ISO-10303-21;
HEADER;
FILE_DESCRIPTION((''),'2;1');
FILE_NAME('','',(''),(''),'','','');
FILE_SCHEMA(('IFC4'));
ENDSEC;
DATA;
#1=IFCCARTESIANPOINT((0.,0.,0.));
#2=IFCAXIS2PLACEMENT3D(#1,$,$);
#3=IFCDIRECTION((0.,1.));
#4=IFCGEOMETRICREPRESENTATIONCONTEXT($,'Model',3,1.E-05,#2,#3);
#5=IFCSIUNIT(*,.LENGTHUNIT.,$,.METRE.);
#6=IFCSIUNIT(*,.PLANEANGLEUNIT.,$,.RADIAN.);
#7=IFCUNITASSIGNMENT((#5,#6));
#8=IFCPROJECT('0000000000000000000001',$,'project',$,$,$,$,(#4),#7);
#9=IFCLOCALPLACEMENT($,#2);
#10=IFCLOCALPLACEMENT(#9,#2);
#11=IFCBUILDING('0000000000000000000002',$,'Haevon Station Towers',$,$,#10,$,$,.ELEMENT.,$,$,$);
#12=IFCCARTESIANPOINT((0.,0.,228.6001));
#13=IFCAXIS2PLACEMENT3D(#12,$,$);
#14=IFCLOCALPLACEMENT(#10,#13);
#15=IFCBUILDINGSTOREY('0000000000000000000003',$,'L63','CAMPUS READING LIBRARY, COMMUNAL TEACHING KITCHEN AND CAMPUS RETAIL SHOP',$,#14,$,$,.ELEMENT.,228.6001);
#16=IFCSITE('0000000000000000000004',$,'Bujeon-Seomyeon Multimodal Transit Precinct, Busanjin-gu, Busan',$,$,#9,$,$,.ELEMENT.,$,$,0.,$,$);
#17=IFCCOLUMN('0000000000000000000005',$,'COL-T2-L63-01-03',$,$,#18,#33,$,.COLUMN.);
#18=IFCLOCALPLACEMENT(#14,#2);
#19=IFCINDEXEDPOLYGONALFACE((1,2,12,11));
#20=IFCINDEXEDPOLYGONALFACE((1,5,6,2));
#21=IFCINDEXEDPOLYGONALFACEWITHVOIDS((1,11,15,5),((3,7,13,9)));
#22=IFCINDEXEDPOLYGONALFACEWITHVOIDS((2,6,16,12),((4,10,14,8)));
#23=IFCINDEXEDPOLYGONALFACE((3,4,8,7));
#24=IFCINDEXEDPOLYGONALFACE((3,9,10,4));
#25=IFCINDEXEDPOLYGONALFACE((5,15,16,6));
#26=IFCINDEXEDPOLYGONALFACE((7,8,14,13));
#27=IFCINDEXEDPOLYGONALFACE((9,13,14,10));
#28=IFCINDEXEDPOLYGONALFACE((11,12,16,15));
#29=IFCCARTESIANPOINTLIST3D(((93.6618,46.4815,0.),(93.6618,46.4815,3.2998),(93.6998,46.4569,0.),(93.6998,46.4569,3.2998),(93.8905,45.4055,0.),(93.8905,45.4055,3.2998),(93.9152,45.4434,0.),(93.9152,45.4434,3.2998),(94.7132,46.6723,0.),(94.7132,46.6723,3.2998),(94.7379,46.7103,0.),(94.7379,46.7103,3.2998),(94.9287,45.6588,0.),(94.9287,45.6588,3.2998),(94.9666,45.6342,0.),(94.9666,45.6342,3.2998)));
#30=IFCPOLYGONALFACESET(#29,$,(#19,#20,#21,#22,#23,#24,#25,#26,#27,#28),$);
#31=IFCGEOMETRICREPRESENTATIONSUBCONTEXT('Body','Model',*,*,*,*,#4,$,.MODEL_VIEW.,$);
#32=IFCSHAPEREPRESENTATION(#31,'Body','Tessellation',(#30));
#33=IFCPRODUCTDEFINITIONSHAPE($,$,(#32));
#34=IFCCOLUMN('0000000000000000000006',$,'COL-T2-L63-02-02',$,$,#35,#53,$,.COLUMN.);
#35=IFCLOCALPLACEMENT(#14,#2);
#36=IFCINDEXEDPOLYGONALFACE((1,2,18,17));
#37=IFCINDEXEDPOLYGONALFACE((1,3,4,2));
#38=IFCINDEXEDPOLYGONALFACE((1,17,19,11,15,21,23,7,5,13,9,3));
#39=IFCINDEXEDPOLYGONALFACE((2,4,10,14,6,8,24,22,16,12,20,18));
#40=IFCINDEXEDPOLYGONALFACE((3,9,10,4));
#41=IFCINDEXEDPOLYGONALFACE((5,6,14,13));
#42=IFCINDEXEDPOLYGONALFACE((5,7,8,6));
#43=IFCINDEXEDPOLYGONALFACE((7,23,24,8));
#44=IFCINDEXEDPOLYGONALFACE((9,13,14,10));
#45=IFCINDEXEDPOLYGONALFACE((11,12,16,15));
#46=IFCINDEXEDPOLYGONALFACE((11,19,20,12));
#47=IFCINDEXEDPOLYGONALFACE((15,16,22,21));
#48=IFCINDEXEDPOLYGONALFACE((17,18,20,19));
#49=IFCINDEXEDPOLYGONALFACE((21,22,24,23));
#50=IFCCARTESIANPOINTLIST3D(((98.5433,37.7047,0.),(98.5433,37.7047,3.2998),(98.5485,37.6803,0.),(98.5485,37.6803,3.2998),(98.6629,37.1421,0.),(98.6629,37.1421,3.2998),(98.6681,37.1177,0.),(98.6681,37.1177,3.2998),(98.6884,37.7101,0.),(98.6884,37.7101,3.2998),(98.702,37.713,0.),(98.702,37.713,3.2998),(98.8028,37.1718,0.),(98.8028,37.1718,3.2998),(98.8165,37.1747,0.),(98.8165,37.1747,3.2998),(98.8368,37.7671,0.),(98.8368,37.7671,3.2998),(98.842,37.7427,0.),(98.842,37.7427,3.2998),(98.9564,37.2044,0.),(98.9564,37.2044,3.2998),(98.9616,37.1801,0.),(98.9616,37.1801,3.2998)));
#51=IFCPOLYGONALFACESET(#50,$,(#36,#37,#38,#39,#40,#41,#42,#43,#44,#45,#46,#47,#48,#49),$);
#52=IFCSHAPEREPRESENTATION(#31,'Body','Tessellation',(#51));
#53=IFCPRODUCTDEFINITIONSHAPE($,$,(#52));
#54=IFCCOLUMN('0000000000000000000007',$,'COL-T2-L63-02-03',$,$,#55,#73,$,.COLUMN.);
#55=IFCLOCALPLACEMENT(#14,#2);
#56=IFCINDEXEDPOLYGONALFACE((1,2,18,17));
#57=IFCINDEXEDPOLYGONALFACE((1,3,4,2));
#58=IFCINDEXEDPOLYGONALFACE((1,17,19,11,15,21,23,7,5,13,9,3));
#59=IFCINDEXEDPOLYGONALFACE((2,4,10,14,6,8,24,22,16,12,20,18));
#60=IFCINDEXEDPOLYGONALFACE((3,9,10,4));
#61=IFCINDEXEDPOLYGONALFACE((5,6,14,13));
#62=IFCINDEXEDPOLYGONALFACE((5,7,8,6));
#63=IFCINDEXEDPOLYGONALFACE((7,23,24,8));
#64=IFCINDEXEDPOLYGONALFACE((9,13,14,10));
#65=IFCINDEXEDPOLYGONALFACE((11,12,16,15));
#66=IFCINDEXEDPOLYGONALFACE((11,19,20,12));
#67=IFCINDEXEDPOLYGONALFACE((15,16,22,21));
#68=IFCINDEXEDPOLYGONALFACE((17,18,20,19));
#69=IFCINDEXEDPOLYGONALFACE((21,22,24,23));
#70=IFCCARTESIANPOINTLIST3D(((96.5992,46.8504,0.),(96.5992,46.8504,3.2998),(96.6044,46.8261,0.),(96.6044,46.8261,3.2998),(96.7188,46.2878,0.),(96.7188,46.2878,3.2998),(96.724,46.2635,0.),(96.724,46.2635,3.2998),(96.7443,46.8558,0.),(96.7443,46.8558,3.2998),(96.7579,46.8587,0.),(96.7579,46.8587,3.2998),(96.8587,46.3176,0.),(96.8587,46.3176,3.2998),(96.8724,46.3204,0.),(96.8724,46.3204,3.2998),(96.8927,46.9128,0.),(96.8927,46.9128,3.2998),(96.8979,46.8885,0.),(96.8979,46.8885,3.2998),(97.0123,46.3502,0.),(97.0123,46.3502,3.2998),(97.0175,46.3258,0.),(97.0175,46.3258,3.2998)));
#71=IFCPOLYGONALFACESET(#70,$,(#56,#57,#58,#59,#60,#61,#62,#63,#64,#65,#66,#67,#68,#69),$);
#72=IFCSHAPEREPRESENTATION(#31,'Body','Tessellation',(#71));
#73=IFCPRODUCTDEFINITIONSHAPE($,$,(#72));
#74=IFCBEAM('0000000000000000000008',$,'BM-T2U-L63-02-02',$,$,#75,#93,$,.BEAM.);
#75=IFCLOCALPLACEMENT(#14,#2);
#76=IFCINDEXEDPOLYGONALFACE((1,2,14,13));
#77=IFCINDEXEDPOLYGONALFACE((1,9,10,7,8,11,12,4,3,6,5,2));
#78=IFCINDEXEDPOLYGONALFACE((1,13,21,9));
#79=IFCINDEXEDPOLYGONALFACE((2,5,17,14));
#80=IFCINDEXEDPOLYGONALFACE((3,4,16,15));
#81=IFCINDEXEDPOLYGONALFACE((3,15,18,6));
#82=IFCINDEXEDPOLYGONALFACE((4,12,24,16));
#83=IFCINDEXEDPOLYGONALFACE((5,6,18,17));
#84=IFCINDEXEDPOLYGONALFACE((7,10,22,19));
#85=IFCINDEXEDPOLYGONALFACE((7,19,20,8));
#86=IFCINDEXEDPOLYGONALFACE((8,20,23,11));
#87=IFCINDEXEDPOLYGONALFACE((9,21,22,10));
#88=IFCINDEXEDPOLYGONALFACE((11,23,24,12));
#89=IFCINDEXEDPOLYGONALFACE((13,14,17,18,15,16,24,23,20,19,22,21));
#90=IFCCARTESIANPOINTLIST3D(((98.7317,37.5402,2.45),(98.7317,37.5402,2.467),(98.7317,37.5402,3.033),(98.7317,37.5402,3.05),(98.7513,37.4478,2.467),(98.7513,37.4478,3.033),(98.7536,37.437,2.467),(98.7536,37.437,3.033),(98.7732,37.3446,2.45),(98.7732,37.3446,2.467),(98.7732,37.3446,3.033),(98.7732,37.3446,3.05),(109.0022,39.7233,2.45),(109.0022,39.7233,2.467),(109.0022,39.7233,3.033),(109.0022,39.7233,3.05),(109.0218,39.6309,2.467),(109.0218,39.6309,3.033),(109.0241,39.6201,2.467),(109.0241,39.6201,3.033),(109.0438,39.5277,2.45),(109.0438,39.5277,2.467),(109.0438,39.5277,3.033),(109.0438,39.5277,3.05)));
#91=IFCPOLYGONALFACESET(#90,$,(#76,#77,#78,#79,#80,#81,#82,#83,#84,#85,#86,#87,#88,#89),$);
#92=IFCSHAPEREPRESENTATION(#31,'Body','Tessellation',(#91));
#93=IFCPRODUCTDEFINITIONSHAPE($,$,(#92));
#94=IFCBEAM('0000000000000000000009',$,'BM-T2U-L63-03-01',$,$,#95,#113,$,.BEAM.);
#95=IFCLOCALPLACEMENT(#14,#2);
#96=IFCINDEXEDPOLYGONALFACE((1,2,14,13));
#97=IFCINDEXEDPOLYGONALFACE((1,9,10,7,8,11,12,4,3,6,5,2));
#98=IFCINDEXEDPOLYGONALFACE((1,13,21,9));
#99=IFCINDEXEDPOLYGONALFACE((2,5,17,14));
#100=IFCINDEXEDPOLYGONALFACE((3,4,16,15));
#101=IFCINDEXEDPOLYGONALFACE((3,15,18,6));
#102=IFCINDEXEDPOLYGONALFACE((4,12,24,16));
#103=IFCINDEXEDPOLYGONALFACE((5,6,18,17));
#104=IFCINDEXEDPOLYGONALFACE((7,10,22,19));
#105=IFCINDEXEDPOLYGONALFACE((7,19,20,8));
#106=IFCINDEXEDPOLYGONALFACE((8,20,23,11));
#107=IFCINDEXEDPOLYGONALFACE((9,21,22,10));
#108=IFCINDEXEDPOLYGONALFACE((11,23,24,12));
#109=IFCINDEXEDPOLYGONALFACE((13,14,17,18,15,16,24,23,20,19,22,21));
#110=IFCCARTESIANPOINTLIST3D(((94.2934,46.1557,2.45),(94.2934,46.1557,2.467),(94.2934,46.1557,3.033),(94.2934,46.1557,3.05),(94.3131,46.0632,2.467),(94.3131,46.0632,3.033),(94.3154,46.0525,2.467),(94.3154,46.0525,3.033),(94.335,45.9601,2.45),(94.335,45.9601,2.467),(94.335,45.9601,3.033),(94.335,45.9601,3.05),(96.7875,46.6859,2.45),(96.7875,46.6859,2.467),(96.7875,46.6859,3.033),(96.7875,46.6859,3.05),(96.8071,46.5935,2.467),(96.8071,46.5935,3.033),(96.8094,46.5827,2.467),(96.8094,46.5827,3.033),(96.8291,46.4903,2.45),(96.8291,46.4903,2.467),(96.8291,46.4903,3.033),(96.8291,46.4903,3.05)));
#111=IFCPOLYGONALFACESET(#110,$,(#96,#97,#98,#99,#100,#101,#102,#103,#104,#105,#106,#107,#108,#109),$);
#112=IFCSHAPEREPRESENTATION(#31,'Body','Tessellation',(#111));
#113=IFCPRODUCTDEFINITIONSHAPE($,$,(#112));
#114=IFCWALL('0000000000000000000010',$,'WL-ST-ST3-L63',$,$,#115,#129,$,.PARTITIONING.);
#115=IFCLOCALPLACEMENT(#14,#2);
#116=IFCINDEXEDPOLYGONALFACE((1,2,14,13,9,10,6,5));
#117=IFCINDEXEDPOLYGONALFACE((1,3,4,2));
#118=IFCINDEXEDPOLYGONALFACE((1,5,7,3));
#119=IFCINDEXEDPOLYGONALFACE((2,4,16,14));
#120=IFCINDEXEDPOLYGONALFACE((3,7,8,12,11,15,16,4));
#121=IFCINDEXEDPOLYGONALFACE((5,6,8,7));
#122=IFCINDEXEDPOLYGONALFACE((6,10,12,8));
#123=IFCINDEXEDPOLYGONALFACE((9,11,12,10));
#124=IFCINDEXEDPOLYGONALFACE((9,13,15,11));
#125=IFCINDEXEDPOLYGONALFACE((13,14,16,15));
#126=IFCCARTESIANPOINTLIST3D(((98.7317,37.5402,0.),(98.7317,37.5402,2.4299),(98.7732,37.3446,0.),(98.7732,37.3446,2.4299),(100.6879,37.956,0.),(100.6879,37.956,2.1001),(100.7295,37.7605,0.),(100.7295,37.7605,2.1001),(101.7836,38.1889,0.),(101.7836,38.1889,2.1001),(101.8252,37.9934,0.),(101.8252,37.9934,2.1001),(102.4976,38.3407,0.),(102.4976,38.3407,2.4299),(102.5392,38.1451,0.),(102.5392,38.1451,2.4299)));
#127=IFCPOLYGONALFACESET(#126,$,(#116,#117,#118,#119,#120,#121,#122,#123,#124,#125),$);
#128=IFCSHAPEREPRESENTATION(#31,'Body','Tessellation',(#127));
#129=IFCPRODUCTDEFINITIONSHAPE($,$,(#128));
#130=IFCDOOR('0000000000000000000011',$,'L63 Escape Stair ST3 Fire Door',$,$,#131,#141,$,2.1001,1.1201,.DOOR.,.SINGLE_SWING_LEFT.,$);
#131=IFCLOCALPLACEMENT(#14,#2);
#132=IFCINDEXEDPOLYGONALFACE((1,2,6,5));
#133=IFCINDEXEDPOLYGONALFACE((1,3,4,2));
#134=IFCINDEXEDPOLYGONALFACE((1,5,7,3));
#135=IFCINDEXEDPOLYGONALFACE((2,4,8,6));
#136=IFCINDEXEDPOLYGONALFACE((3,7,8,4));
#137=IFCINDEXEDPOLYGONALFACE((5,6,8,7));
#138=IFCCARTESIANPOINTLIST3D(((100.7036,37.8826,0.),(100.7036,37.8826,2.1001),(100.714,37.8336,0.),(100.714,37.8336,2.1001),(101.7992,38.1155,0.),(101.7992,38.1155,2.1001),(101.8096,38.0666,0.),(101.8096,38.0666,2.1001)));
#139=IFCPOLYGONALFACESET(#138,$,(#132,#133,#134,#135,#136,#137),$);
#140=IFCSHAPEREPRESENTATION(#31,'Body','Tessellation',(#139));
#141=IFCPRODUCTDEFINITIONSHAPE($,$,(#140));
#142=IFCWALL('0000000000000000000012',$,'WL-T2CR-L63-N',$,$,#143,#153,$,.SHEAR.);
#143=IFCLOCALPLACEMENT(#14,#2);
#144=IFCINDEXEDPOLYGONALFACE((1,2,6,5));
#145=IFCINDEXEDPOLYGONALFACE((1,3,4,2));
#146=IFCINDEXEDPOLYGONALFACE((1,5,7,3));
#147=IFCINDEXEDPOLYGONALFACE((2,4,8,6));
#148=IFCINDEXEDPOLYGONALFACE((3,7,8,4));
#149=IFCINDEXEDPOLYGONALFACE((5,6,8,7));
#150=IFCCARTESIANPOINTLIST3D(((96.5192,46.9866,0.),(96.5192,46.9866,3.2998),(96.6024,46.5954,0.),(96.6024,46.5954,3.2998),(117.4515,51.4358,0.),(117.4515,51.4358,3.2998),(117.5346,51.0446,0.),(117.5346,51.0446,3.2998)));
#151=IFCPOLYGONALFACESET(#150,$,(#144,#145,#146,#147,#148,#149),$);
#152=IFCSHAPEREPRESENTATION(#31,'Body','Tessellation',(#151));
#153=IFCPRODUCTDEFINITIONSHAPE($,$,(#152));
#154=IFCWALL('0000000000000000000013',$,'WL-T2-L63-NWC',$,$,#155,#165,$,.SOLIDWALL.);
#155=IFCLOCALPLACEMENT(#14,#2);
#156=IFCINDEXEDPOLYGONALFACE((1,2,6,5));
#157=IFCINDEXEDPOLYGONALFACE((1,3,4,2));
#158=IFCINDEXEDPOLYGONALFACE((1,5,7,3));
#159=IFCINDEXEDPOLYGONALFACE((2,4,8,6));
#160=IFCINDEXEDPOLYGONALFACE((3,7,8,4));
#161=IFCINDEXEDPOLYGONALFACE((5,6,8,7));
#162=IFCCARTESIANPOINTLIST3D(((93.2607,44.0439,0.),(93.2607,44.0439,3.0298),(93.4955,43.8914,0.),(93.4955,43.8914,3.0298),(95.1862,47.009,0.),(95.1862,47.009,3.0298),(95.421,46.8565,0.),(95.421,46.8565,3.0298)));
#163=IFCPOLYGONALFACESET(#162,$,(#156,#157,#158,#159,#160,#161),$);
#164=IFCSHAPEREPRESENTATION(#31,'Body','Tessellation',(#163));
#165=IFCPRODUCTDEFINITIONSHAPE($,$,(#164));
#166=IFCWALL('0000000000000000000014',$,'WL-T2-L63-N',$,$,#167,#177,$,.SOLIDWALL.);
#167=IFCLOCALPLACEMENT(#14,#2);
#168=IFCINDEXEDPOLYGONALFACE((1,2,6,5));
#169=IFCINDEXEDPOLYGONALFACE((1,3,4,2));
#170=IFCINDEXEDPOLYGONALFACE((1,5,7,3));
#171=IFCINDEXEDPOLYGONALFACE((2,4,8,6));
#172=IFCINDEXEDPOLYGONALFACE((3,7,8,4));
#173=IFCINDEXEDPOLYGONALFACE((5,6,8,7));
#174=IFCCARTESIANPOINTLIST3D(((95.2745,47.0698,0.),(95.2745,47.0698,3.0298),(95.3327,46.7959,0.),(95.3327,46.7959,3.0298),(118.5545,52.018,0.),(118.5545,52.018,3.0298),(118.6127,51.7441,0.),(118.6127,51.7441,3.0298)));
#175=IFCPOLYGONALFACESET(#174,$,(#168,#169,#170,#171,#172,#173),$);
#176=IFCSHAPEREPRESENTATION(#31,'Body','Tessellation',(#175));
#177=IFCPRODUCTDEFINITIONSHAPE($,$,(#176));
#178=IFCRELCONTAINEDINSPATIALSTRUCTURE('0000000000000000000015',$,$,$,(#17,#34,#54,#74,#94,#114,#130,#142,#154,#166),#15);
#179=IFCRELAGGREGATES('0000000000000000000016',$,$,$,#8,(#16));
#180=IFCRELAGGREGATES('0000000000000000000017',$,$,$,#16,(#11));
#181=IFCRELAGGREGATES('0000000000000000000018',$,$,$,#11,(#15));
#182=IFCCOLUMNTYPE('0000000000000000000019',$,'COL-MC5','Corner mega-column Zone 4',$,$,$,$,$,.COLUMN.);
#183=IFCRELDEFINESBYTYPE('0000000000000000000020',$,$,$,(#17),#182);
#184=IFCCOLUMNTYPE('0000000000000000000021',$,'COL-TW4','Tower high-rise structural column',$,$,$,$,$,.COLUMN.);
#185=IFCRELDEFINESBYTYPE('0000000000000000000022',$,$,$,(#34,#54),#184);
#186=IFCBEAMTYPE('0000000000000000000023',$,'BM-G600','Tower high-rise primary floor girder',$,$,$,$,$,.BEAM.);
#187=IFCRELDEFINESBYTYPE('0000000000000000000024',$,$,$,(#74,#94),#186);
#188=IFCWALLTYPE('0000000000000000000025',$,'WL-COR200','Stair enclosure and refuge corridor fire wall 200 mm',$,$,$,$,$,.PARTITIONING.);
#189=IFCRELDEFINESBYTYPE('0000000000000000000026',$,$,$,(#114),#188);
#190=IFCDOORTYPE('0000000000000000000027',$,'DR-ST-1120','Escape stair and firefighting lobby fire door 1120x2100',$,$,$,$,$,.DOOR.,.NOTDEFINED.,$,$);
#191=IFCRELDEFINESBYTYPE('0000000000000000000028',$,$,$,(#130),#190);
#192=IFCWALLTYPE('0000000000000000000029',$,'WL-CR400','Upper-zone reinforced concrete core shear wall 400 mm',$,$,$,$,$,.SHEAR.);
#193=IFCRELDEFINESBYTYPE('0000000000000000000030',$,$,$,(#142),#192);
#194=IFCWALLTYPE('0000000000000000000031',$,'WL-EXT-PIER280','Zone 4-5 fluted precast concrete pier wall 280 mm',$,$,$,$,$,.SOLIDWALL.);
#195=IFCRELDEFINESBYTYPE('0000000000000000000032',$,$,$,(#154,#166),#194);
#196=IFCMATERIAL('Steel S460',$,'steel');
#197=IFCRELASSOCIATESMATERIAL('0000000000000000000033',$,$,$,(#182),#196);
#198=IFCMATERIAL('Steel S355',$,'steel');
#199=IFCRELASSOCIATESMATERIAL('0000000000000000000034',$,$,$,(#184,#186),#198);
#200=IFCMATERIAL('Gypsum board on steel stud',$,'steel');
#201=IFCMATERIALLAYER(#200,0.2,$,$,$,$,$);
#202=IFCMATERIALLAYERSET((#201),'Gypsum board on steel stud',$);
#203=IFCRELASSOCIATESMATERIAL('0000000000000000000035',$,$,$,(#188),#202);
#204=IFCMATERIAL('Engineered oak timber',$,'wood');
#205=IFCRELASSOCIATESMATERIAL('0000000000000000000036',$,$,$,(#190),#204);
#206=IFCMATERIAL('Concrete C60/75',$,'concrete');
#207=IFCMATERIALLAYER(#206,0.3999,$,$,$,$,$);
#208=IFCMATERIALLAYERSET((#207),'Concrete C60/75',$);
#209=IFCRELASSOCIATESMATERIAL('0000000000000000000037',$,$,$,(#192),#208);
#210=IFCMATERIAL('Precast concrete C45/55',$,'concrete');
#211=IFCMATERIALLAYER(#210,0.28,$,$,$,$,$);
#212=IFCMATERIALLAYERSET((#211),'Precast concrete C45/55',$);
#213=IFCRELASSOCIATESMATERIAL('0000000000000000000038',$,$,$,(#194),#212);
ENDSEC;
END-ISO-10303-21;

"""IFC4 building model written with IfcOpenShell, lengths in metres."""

from ifc_helpers import new_model, si_unit, direction, frame, frame_2d, origin, origin_2d, place, context, subcontext, project, spatial, rectangle, hollow_rectangle, i_section, extrude, material, layer, layer_set, material_profile, profile_set, type_object, element, fill, save


model = new_model("IFC4")

# Units and contexts
model_context = context("Model", 3, precision=1e-05, world=origin(), true_north=direction((0.0, 1.0)))
body_context = subcontext(model_context, "Body", "Model", "MODEL_VIEW")
ifc_project = project(units=[si_unit("LENGTHUNIT", "METRE"), si_unit("PLANEANGLEUNIT", "RADIAN")], contexts=[model_context])

# Site, building, storey
site_placement = place(None, origin())
site = spatial("IfcSite", under=ifc_project, at=site_placement, Name="Bujeon-Seomyeon Multimodal Transit Precinct, Busanjin-gu, Busan", CompositionType="ELEMENT", RefElevation=0.0)
building_placement = place(site_placement, origin())
building = spatial("IfcBuilding", under=site, at=building_placement, Name="Haevon Station Towers", CompositionType="ELEMENT")
storey_placement = place(building_placement, frame((0.0, 0.0, 228.6001)))
storey = spatial("IfcBuildingStorey", under=building, at=storey_placement, Name="L63", Description="CAMPUS READING LIBRARY, COMMUNAL TEACHING KITCHEN AND CAMPUS RETAIL SHOP", CompositionType="ELEMENT", Elevation=228.6001)

# Columns
ifc_material_1 = material(Name="Steel S460", Category="steel")
ifc_material_profile_1 = material_profile(ifc_material_1, hollow_rectangle(XDim=1.1001, YDim=1.1001, WallThickness=0.032, at=origin_2d()), Name="BOX-1100x1100x32")
ifc_profile_set_1 = profile_set([ifc_material_profile_1], Name="Steel S460")
column_type_1 = type_object("IfcColumnType", Name="COL-MC5", Description="Corner mega-column Zone 4", PredefinedType="COLUMN", material=ifc_profile_set_1)
column_placement = place(storey_placement, frame((94.3142, 46.0579, 0.0), z_axis=(0.0, 0.0, 1.0), x_axis=(0.978148, 0.207912, 0.0)))
element("IfcColumn", 1, at=column_placement, inside=storey, type_object=column_type_1, Name="COL-T2-L63-01-03", PredefinedType="COLUMN", context=body_context, shape_type="SweptSolid", body=[
    extrude(hollow_rectangle(XDim=1.1001, YDim=1.1001, WallThickness=0.032, at=origin_2d()), origin(), (0.0, 0.0, 1.0), 3.2998),
])
ifc_material_2 = material(Name="Steel S355", Category="steel")
ifc_material_profile_2 = material_profile(ifc_material_2, i_section(OverallWidth=0.3, OverallDepth=0.6001, WebThickness=0.0139, FlangeThickness=0.0249, at=origin_2d()), Name="H-600x300x14x25")
ifc_profile_set_2 = profile_set([ifc_material_profile_2], Name="Steel S355")
column_type_2 = type_object("IfcColumnType", Name="COL-TW4", Description="Tower high-rise structural column", PredefinedType="COLUMN", material=ifc_profile_set_2)
for number, where, z_axis, x_axis, name in (
    (2, (98.7524, 37.4424, 0.0), (0.0, 0.0, 1.0), (0.978148, 0.207912, 0.0), "COL-T2-L63-02-02"),
    (3, (96.8083, 46.5881, 0.0), (0.0, 0.0, 1.0), (0.978148, 0.207912, 0.0), "COL-T2-L63-02-03"),
):
    element("IfcColumn", number, at=place(storey_placement, frame(where, z_axis=z_axis, x_axis=x_axis)), inside=storey, type_object=column_type_2, Name=name, PredefinedType="COLUMN", context=body_context, shape_type="SweptSolid", body=[
        extrude(i_section(OverallWidth=0.3, OverallDepth=0.6001, WebThickness=0.0139, FlangeThickness=0.0249, at=origin_2d()), origin(), (0.0, 0.0, 1.0), 3.2998),
    ])

# Beams
ifc_material_profile_3 = material_profile(ifc_material_2, i_section(OverallWidth=0.2, OverallDepth=0.6001, WebThickness=0.011, FlangeThickness=0.0171, at=origin_2d()), Name="H-600x200x11x17")
ifc_profile_set_3 = profile_set([ifc_material_profile_3], Name="Steel S355")
beam_type = type_object("IfcBeamType", Name="BM-G600", Description="Tower high-rise primary floor girder", PredefinedType="BEAM", material=ifc_profile_set_3)
beam_1_placement = place(storey_placement, frame((98.7524, 37.4424, 2.75), z_axis=(0.978147, 0.207915, 0.0), x_axis=(-0.207915, 0.978147, 0.0)))
element("IfcBeam", 4, at=beam_1_placement, inside=storey, type_object=beam_type, Name="BM-T2U-L63-02-02", PredefinedType="BEAM", context=body_context, shape_type="SweptSolid", body=[
    extrude(i_section(OverallWidth=0.2, OverallDepth=0.6001, WebThickness=0.011, FlangeThickness=0.0171, at=origin_2d()), origin(), (0.0, 0.0, 1.0), 10.5),
])
beam_2_placement = place(storey_placement, frame((94.3142, 46.0579, 2.75), z_axis=(0.978137, 0.20796, 0.0), x_axis=(-0.20796, 0.978137, 0.0)))
element("IfcBeam", 5, at=beam_2_placement, inside=storey, type_object=beam_type, Name="BM-T2U-L63-03-01", PredefinedType="BEAM", context=body_context, shape_type="SweptSolid", body=[
    extrude(i_section(OverallWidth=0.2, OverallDepth=0.6001, WebThickness=0.011, FlangeThickness=0.0171, at=origin_2d()), origin(), (0.0, 0.0, 1.0), 2.5498),
])

# Wall, opening, door
ifc_material_3 = material(Name="Gypsum board on steel stud", Category="steel")
ifc_layer_1 = layer(ifc_material_3, 0.2)
ifc_layer_set_1 = layer_set([ifc_layer_1], Name="Gypsum board on steel stud")
wall_type_1 = type_object("IfcWallType", Name="WL-COR200", Description="Stair enclosure and refuge corridor fire wall 200 mm", PredefinedType="PARTITIONING", material=ifc_layer_set_1)
wall_1_placement = place(storey_placement, frame((98.7524, 37.4424, 0.0), z_axis=(0.0, 0.0, 1.0), x_axis=(0.978144, 0.207931, 0.0)))
wall_1 = element("IfcWall", 6, at=wall_1_placement, inside=storey, type_object=wall_type_1, Name="WL-ST-ST3-L63", PredefinedType="PARTITIONING", context=body_context, shape_type="SweptSolid", body=[
    extrude(rectangle(XDim=3.8501, YDim=0.2, at=frame_2d((1.925, 0.0))), origin(), (0.0, 0.0, 1.0), 2.4299),
])
opening_placement = place(wall_1_placement, frame((2.0, 0.0, 0.0)))
opening = element("IfcOpeningElement", 7, at=opening_placement, cuts=wall_1, PredefinedType="OPENING", context=body_context, shape_type="SweptSolid", body=[
    extrude(rectangle(XDim=1.1201, YDim=2.1001, at=frame_2d((0.5601, 1.05))), frame((0.0, 0.1099, 0.0), z_axis=(0.0, -1.0, 0.0), x_axis=(1.0, 0.0, 0.0)), (0.0, 0.0, 1.0), 0.22),
])
ifc_material_4 = material(Name="Engineered oak timber", Category="wood")
door_type = type_object("IfcDoorType", Name="DR-ST-1120", Description="Escape stair and firefighting lobby fire door 1120x2100", OperationType="NOTDEFINED", PredefinedType="DOOR", material=ifc_material_4)
door_placement = place(opening_placement, origin())
door = element("IfcDoor", 8, at=door_placement, inside=storey, type_object=door_type, Name="L63 Escape Stair ST3 Fire Door", OperationType="SINGLE_SWING_LEFT", OverallHeight=2.1001, OverallWidth=1.1201, PredefinedType="DOOR", context=body_context, shape_type="SweptSolid", body=[
    extrude(rectangle(XDim=1.1201, YDim=2.1001, at=frame_2d((0.5601, 1.05))), frame((0.0, 0.0249, 0.0), z_axis=(0.0, -1.0, 0.0), x_axis=(1.0, 0.0, 0.0)), (0.0, 0.0, 1.0), 0.05),
])
fill(opening, door)

# Walls
ifc_material_5 = material(Name="Concrete C60/75", Category="concrete")
ifc_layer_2 = layer(ifc_material_5, 0.3999)
ifc_layer_set_2 = layer_set([ifc_layer_2], Name="Concrete C60/75")
wall_type_2 = type_object("IfcWallType", Name="WL-CR400", Description="Upper-zone reinforced concrete core shear wall 400 mm", PredefinedType="SHEAR", material=ifc_layer_set_2)
wall_2_placement = place(storey_placement, frame((96.5608, 46.791, 0.0), z_axis=(0.0, 0.0, 1.0), x_axis=(0.978148, 0.207907, 0.0)))
element("IfcWall", 9, at=wall_2_placement, inside=storey, type_object=wall_type_2, Name="WL-T2CR-L63-N", PredefinedType="SHEAR", context=body_context, shape_type="SweptSolid", body=[
    extrude(rectangle(XDim=21.3999, YDim=0.3999, at=frame_2d((10.7, 0.0))), origin(), (0.0, 0.0, 1.0), 3.2998),
])
ifc_material_6 = material(Name="Precast concrete C45/55", Category="concrete")
ifc_layer_3 = layer(ifc_material_6, 0.28)
ifc_layer_set_3 = layer_set([ifc_layer_3], Name="Precast concrete C45/55")
wall_type_3 = type_object("IfcWallType", Name="WL-EXT-PIER280", Description="Zone 4-5 fluted precast concrete pier wall 280 mm", PredefinedType="SOLIDWALL", material=ifc_layer_set_3)
wall_3_placement = place(storey_placement, frame((93.3782, 43.9678, 0.0), z_axis=(0.0, 0.0, 1.0), x_axis=(0.544636, 0.838672, 0.0)))
element("IfcWall", 10, at=wall_3_placement, inside=storey, type_object=wall_type_3, Name="WL-T2-L63-NWC", PredefinedType="SOLIDWALL", context=body_context, shape_type="SweptSolid", body=[
    extrude(rectangle(XDim=3.5354, YDim=0.28, at=frame_2d((1.7676, 0.0))), origin(), (0.0, 0.0, 1.0), 3.0298),
])
wall_4_placement = place(storey_placement, frame((95.3037, 46.9329, 0.0), z_axis=(0.0, 0.0, 1.0), x_axis=(0.978148, 0.207908, 0.0)))
element("IfcWall", 11, at=wall_4_placement, inside=storey, type_object=wall_type_3, Name="WL-T2-L63-N", PredefinedType="SOLIDWALL", context=body_context, shape_type="SweptSolid", body=[
    extrude(rectangle(XDim=23.8, YDim=0.28, at=frame_2d((11.8999, 0.0))), origin(), (0.0, 0.0, 1.0), 3.0298),
])

save(model, "model.ifc")
